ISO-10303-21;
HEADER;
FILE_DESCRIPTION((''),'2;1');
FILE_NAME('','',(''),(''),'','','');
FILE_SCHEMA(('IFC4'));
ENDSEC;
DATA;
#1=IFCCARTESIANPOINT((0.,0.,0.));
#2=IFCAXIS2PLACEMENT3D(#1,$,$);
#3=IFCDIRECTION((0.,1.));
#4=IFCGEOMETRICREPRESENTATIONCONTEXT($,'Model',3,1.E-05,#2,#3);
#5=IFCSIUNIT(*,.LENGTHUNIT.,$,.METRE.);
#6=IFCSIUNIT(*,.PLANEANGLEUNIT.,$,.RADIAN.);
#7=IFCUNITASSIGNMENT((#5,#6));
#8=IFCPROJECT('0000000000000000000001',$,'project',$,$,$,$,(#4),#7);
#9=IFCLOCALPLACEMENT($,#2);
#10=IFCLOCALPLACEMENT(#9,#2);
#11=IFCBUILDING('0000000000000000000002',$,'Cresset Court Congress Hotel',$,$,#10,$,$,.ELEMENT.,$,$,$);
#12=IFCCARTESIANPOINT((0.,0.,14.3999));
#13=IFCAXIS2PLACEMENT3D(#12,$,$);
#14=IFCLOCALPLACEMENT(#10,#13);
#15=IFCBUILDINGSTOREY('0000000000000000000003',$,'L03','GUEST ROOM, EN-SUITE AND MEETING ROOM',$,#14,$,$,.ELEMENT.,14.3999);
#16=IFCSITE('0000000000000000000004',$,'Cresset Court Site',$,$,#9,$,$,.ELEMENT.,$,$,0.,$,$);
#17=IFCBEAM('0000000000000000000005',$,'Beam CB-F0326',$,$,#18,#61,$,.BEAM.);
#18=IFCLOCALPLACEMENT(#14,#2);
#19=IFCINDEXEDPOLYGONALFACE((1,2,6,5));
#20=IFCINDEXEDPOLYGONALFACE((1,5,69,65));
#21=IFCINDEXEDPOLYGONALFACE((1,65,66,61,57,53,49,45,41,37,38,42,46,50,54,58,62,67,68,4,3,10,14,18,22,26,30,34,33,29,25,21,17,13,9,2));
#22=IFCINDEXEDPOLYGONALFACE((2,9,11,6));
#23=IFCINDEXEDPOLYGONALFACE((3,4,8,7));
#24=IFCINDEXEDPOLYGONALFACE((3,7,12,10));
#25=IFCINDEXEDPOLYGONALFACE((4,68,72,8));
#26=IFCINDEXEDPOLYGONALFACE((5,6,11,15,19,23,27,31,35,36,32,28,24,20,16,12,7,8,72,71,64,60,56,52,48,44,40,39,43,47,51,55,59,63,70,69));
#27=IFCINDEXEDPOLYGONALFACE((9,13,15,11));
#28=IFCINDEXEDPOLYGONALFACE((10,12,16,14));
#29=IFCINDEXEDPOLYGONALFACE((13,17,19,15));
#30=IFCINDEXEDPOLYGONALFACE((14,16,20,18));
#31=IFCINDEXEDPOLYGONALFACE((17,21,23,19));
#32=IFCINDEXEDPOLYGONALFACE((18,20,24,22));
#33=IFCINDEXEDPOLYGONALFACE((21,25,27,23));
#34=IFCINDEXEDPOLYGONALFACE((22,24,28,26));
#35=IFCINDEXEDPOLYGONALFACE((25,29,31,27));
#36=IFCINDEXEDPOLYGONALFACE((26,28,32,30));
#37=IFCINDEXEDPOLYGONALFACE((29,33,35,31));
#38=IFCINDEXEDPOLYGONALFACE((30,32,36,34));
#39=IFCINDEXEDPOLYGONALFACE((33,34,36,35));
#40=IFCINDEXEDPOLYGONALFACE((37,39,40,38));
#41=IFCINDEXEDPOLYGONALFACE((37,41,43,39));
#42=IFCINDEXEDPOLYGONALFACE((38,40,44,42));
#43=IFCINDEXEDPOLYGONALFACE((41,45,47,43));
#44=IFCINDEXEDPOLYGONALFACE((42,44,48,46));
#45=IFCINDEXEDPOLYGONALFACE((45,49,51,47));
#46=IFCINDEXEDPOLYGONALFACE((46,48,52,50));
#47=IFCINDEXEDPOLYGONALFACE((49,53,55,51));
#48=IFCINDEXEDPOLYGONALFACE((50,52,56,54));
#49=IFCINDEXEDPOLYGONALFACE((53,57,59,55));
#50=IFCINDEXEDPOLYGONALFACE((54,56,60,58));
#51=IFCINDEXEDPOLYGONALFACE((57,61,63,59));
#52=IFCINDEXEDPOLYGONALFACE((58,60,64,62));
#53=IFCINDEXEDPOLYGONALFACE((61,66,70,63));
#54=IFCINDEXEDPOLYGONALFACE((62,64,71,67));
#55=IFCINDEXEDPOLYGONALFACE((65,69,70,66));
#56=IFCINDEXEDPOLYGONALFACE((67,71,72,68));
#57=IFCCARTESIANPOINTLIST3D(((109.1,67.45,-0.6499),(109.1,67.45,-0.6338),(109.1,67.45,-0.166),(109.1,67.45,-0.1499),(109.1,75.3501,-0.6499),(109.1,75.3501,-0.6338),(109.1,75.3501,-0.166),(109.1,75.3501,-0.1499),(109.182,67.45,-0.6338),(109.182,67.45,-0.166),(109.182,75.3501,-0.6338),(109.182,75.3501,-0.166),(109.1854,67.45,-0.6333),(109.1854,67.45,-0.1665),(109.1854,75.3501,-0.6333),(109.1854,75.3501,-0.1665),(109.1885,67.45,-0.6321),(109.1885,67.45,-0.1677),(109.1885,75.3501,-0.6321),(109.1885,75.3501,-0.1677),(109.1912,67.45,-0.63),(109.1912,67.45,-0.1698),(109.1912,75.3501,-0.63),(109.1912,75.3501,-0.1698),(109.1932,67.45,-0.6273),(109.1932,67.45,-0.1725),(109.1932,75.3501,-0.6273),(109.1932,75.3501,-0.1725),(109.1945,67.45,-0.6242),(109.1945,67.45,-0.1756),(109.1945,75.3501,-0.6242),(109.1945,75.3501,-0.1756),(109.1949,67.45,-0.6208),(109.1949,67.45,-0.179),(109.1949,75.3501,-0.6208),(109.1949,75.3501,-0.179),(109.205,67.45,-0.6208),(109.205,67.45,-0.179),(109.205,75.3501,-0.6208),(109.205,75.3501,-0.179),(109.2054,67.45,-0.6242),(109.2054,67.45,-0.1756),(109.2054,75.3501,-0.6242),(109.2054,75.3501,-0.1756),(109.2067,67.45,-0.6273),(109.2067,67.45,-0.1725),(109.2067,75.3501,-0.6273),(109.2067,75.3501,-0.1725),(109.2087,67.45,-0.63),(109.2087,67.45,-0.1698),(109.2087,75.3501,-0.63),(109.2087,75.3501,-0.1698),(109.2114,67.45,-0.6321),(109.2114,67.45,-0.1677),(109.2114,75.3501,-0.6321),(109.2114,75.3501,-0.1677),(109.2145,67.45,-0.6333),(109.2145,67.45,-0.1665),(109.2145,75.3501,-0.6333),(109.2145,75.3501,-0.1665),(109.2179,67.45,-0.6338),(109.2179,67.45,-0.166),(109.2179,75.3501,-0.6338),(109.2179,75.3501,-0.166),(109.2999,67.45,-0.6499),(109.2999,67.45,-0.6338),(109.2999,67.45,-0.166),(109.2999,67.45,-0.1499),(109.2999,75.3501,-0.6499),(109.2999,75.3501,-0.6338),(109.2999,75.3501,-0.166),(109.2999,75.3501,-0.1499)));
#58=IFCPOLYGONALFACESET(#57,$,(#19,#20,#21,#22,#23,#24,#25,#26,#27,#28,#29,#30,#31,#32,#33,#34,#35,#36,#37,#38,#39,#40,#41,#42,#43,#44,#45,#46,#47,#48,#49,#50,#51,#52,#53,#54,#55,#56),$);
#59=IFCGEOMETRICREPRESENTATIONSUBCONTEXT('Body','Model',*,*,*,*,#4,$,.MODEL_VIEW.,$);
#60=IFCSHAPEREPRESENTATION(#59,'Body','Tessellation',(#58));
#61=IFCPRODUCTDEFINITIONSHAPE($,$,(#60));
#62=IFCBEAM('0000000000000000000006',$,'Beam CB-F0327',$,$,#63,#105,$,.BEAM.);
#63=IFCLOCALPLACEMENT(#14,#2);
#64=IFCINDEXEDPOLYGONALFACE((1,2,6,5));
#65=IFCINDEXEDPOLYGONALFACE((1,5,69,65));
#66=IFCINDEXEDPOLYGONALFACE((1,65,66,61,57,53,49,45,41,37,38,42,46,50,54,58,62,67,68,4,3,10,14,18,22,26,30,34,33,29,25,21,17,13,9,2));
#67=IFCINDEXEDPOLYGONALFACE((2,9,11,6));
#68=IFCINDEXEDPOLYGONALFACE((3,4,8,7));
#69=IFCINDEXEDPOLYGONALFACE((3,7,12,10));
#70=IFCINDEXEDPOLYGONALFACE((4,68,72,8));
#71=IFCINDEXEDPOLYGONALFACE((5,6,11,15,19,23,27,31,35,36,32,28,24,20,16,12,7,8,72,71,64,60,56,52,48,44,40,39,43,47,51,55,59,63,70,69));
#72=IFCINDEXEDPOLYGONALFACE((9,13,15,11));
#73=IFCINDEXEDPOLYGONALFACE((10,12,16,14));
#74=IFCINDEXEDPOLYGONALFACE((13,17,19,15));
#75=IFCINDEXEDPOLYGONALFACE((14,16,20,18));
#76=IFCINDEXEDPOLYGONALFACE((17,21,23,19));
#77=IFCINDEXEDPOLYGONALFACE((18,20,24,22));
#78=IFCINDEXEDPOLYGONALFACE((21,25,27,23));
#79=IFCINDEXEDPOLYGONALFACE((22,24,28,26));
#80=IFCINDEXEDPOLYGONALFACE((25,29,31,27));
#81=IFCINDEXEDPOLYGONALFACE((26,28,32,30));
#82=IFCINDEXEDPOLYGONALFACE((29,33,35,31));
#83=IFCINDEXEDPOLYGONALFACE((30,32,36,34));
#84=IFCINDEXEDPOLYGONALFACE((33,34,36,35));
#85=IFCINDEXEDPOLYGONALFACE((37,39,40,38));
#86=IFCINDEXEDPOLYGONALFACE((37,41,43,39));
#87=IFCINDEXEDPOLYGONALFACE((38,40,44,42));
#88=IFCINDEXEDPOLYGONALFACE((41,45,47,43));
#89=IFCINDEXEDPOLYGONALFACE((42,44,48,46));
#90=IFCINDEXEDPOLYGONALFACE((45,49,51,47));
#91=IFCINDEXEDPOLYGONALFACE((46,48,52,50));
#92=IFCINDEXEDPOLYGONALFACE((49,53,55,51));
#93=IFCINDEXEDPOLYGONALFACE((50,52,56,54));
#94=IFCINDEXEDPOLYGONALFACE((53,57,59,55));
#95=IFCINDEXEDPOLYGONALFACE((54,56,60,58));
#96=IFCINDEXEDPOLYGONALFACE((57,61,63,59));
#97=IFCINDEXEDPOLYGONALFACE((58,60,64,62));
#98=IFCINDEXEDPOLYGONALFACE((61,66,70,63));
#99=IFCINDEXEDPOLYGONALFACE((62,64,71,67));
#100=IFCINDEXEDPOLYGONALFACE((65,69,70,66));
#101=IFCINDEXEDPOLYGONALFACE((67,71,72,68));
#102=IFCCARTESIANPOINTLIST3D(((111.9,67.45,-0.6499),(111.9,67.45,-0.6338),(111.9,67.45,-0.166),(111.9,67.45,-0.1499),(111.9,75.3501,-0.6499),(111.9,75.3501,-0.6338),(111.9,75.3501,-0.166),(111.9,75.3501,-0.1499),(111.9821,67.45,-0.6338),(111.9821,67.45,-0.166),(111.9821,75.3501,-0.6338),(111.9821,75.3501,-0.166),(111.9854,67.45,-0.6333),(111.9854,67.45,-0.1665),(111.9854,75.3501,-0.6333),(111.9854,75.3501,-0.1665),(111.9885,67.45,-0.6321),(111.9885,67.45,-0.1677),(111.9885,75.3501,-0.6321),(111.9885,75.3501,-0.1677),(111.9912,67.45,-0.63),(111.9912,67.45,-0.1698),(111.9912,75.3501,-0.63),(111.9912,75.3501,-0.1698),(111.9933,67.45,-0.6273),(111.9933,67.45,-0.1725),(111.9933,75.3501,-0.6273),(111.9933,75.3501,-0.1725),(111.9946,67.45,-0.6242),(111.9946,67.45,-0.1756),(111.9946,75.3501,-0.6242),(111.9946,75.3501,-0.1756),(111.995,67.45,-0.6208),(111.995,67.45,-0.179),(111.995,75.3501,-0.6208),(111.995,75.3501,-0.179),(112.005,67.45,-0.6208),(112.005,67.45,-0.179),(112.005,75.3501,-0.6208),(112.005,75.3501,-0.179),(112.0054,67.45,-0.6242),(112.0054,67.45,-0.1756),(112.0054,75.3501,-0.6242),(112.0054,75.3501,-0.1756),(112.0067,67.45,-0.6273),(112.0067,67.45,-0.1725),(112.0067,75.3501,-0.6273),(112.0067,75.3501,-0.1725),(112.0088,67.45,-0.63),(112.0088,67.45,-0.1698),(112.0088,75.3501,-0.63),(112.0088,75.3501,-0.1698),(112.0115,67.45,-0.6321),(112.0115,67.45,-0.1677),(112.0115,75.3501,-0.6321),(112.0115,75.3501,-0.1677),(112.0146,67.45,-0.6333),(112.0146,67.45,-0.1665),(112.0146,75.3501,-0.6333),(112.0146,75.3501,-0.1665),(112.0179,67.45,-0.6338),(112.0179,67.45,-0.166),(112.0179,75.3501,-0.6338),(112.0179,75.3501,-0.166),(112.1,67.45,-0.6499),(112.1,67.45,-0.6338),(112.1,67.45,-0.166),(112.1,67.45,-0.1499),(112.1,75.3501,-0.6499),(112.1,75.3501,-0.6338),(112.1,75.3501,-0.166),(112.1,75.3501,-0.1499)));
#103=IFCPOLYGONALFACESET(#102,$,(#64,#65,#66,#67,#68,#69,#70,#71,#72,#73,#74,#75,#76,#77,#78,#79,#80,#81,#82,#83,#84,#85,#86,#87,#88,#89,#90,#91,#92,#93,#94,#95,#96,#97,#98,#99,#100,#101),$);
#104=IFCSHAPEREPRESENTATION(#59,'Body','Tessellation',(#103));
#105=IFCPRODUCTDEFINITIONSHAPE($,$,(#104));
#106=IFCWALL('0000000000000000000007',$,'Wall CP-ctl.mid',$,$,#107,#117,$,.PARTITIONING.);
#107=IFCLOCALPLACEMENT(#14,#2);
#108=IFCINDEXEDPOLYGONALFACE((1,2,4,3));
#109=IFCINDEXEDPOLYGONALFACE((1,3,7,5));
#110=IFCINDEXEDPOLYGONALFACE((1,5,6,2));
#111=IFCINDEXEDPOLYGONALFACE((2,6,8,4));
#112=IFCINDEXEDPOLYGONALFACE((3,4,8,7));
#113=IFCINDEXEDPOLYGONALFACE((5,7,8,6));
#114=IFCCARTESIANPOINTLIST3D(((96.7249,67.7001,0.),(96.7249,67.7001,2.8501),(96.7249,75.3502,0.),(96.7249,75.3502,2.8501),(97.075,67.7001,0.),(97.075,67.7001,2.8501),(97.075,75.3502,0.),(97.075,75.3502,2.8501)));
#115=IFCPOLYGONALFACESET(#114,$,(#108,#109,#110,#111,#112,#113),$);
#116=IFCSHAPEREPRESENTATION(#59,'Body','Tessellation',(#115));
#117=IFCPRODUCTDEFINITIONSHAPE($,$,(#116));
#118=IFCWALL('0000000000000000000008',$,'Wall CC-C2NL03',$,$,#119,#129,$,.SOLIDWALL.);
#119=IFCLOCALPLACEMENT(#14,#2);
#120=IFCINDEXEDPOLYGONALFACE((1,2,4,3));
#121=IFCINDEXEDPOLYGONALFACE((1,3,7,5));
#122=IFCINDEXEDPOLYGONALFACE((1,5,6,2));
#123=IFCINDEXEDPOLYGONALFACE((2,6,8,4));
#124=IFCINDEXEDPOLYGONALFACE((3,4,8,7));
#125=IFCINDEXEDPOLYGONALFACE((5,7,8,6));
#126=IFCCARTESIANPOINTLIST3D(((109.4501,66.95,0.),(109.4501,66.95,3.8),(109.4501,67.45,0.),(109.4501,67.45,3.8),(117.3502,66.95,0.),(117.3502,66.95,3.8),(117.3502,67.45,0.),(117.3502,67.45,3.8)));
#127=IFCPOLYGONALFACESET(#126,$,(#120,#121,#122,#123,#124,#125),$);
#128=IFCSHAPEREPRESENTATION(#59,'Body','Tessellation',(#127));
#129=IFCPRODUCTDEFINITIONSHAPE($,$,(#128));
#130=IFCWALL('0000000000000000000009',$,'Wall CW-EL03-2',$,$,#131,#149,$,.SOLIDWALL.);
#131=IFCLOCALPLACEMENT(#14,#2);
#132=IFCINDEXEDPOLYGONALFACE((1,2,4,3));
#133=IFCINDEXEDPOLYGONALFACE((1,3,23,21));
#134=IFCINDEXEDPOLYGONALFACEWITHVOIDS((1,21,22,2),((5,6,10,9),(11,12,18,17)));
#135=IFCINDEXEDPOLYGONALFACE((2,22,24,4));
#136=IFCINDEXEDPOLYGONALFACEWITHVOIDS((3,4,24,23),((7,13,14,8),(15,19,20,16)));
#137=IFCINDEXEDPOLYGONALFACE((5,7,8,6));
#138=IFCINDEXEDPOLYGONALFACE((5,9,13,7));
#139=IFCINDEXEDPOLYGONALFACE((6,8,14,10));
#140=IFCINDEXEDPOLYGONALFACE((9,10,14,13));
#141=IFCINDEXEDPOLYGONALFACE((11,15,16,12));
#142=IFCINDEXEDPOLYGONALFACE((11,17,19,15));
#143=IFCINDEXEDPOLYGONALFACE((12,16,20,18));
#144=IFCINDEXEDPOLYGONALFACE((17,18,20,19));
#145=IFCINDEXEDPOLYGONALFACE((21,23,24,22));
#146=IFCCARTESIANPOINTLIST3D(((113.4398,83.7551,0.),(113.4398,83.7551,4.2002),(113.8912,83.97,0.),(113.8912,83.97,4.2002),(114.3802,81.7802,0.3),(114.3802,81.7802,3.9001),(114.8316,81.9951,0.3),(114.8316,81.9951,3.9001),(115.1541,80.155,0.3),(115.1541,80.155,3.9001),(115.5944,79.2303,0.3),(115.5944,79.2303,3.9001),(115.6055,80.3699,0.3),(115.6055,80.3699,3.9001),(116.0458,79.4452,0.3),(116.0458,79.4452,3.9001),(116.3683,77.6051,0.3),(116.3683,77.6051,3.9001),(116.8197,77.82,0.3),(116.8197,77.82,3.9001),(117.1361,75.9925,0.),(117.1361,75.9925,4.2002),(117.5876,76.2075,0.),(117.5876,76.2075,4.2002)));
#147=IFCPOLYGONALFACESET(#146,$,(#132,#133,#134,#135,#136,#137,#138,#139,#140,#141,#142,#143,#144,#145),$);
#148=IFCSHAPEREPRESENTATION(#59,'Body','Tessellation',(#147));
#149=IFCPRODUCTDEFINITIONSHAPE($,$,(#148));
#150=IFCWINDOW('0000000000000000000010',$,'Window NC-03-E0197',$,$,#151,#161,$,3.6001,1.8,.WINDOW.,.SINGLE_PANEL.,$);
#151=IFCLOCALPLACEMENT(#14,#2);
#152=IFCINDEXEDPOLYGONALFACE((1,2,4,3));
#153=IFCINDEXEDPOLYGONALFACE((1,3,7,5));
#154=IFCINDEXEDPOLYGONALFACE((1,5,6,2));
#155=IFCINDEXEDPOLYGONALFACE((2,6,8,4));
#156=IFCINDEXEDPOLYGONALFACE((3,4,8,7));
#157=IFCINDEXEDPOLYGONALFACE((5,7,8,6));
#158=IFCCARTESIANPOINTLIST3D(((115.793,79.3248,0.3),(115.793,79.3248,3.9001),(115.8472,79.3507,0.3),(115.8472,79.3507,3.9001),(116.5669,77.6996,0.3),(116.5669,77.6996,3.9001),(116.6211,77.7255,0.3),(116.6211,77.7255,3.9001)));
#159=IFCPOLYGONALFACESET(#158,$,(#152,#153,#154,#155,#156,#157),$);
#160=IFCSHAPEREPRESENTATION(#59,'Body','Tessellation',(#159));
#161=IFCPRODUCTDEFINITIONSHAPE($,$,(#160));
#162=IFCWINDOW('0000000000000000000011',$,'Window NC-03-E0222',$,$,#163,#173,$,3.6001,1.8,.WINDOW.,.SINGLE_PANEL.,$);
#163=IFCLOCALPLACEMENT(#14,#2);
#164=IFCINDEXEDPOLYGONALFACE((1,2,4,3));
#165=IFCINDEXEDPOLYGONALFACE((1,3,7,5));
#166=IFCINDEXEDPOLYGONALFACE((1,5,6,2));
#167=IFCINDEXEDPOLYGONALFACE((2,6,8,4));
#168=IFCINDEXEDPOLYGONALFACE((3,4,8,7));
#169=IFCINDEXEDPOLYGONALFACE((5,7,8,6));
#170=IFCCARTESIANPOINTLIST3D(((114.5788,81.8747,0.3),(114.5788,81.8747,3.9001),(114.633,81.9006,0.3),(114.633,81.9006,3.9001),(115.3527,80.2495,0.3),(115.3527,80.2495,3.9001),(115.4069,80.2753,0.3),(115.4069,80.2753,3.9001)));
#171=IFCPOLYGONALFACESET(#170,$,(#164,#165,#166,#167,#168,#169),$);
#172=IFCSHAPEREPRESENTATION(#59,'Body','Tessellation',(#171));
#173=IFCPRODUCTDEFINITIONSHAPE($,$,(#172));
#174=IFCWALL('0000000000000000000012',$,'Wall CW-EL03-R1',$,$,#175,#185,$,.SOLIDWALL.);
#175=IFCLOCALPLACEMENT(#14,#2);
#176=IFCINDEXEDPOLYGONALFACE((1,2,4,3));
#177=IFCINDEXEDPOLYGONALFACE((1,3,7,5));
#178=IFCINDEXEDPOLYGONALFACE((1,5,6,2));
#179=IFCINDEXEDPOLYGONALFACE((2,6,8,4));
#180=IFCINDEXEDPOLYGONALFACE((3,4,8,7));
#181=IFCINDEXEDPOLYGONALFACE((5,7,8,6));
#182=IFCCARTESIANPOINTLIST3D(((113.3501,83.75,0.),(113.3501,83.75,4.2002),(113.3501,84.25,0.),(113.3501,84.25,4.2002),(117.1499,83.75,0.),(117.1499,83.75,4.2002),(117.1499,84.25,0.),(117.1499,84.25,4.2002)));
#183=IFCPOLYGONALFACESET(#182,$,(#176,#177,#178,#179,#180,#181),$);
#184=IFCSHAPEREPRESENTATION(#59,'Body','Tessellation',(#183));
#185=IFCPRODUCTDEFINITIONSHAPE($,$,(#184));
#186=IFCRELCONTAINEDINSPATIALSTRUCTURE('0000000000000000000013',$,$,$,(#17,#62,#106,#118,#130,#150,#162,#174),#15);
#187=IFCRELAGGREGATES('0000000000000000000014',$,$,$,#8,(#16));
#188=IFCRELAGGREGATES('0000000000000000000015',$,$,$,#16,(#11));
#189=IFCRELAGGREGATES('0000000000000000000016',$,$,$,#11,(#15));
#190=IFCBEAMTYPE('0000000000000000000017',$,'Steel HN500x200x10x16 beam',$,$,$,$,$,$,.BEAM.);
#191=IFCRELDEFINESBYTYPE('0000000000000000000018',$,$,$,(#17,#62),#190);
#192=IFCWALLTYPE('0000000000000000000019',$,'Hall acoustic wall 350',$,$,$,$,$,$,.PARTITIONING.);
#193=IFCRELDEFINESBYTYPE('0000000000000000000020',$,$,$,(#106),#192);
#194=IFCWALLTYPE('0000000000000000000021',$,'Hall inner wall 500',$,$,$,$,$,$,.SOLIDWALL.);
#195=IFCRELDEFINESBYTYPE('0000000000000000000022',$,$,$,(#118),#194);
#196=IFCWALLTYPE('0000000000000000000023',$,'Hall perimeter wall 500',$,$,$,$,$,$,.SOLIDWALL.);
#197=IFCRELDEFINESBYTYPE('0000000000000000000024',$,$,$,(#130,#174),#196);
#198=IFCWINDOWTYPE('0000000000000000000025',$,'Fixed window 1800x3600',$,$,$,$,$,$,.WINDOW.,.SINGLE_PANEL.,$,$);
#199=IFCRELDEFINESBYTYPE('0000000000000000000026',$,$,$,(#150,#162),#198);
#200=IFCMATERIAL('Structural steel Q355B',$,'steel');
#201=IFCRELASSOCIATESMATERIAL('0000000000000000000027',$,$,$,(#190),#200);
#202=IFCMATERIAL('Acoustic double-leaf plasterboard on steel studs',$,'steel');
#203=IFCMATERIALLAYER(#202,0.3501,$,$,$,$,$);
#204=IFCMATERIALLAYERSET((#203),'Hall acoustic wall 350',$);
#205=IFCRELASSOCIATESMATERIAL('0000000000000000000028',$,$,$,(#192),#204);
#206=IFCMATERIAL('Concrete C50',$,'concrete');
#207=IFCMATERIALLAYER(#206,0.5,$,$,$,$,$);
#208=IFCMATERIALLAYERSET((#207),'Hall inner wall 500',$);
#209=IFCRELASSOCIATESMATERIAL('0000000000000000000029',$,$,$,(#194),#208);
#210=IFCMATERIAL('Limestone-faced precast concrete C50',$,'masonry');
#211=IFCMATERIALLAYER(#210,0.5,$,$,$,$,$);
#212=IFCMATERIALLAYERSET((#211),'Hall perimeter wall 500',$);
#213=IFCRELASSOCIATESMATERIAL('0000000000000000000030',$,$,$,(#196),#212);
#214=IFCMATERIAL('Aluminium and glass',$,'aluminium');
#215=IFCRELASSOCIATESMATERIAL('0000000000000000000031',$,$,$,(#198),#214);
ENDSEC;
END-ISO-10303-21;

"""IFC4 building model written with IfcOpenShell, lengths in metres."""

from ifc_helpers import new_model, si_unit, direction, frame, frame_2d, origin, origin_2d, place, context, subcontext, project, spatial, rectangle, i_section, extrude, material, layer, layer_set, material_profile, profile_set, type_object, element, fill, save


model = new_model("IFC4")

# Units and contexts
model_context = context("Model", 3, precision=1e-05, world=origin(), true_north=direction((0.0, 1.0)))
body_context = subcontext(model_context, "Body", "Model", "MODEL_VIEW")
ifc_project = project(units=[si_unit("LENGTHUNIT", "METRE"), si_unit("PLANEANGLEUNIT", "RADIAN")], contexts=[model_context])

# Site, building, storey
site_placement = place(None, origin())
site = spatial("IfcSite", under=ifc_project, at=site_placement, Name="Cresset Court Site", CompositionType="ELEMENT", RefElevation=0.0)
building_placement = place(site_placement, origin())
building = spatial("IfcBuilding", under=site, at=building_placement, Name="Cresset Court Congress Hotel", CompositionType="ELEMENT")
storey_placement = place(building_placement, frame((0.0, 0.0, 14.3999)))
storey = spatial("IfcBuildingStorey", under=building, at=storey_placement, Name="L03", Description="GUEST ROOM, EN-SUITE AND MEETING ROOM", CompositionType="ELEMENT", Elevation=14.3999)

# Beams
ifc_material_1 = material(Name="Structural steel Q355B", Category="steel")
ifc_material_profile_1 = material_profile(ifc_material_1, i_section(OverallWidth=0.2, OverallDepth=0.5, WebThickness=0.01, FlangeThickness=0.0161, FilletRadius=0.0129, at=origin_2d()), Name="HN500x200x10x16")
ifc_profile_set_1 = profile_set([ifc_material_profile_1], Name="Structural steel Q355B")
beam_type_1 = type_object("IfcBeamType", Name="Steel HN500x200x10x16 beam", PredefinedType="BEAM", material=ifc_profile_set_1)
for number, where, z_axis, x_axis, name in (
    (1, (109.2, 67.45, -0.3999), (0.0, 1.0, 0.0), (-1.0, 0.0, 0.0), "Beam CB-F0326"),
    (2, (112.0, 67.45, -0.3999), (0.0, 1.0, 0.0), (-1.0, 0.0, 0.0), "Beam CB-F0327"),
):
    element("IfcBeam", number, at=place(storey_placement, frame(where, z_axis=z_axis, x_axis=x_axis)), inside=storey, type_object=beam_type_1, Name=name, PredefinedType="BEAM", context=body_context, shape_type="SweptSolid", body=[
        extrude(i_section(OverallWidth=0.2, OverallDepth=0.5, WebThickness=0.01, FlangeThickness=0.0161, FilletRadius=0.0129, at=origin_2d()), origin(), (0.0, 0.0, 1.0), 7.9001),
    ])

# Walls
ifc_material_2 = material(Name="Acoustic double-leaf plasterboard on steel studs", Category="steel")
ifc_layer_1 = layer(ifc_material_2, 0.3501)
ifc_layer_set_1 = layer_set([ifc_layer_1], Name="Hall acoustic wall 350")
wall_type_1 = type_object("IfcWallType", Name="Hall acoustic wall 350", PredefinedType="PARTITIONING", material=ifc_layer_set_1)
wall_1_placement = place(storey_placement, frame((96.8999, 67.7, 0.0), z_axis=(0.0, 0.0, 1.0), x_axis=(0.0, 1.0, 0.0)))
element("IfcWall", 3, at=wall_1_placement, inside=storey, type_object=wall_type_1, Name="Wall CP-ctl.mid", PredefinedType="PARTITIONING", context=body_context, shape_type="SweptSolid", body=[
    extrude(rectangle(XDim=7.6501, YDim=0.3501, at=frame_2d((3.8252, 0.0))), origin(), (0.0, 0.0, 1.0), 2.8501),
])
ifc_material_3 = material(Name="Concrete C50", Category="concrete")
ifc_layer_2 = layer(ifc_material_3, 0.5)
ifc_layer_set_2 = layer_set([ifc_layer_2], Name="Hall inner wall 500")
wall_type_2 = type_object("IfcWallType", Name="Hall inner wall 500", PredefinedType="SOLIDWALL", material=ifc_layer_set_2)
wall_2_placement = place(storey_placement, frame((109.45, 67.2, 0.0), z_axis=(0.0, 0.0, 1.0), x_axis=(1.0, 0.0, 0.0)))
element("IfcWall", 4, at=wall_2_placement, inside=storey, type_object=wall_type_2, Name="Wall CC-C2NL03", PredefinedType="SOLIDWALL", context=body_context, shape_type="SweptSolid", body=[
    extrude(rectangle(XDim=7.9001, YDim=0.5, at=frame_2d((3.9502, 0.0))), origin(), (0.0, 0.0, 1.0), 3.8),
])

# Wall, openings, windows
ifc_material_4 = material(Name="Limestone-faced precast concrete C50", Category="masonry")
ifc_layer_3 = layer(ifc_material_4, 0.5)
ifc_layer_set_3 = layer_set([ifc_layer_3], Name="Hall perimeter wall 500")
wall_type_3 = type_object("IfcWallType", Name="Hall perimeter wall 500", PredefinedType="SOLIDWALL", material=ifc_layer_set_3)
wall_3_placement = place(storey_placement, frame((113.6655, 83.8625, 0.0), z_axis=(0.0, 0.0, 1.0), x_axis=(0.429923, -0.902866, 0.0)))
wall_3 = element("IfcWall", 5, at=wall_3_placement, inside=storey, type_object=wall_type_3, Name="Wall CW-EL03-2", PredefinedType="SOLIDWALL", context=body_context, shape_type="SweptSolid", body=[
    extrude(rectangle(XDim=8.5977, YDim=0.5, at=frame_2d((4.2988, 0.0))), origin(), (0.0, 0.0, 1.0), 4.2002),
])
opening_1_placement = place(wall_3_placement, frame((5.0117, 0.0, 0.3)))
opening_1 = element("IfcOpeningElement", 6, at=opening_1_placement, cuts=wall_3, PredefinedType="OPENING", context=body_context, shape_type="SweptSolid", body=[
    extrude(rectangle(XDim=1.8, YDim=3.6001, at=frame_2d((0.8999, 1.8))), frame((0.0, 0.26, 0.0), z_axis=(0.0, -1.0, 0.0), x_axis=(1.0, 0.0, 0.0)), (0.0, 0.0, 1.0), 0.52),
])
opening_2_placement = place(wall_3_placement, frame((2.1875, 0.0, 0.3)))
opening_2 = element("IfcOpeningElement", 7, at=opening_2_placement, cuts=wall_3, PredefinedType="OPENING", context=body_context, shape_type="SweptSolid", body=[
    extrude(rectangle(XDim=1.8, YDim=3.6001, at=frame_2d((0.8999, 1.8))), frame((0.0, 0.26, 0.0), z_axis=(0.0, -1.0, 0.0), x_axis=(1.0, 0.0, 0.0)), (0.0, 0.0, 1.0), 0.52),
])
ifc_material_5 = material(Name="Aluminium and glass", Category="aluminium")
window_type = type_object("IfcWindowType", Name="Fixed window 1800x3600", PartitioningType="SINGLE_PANEL", PredefinedType="WINDOW", material=ifc_material_5)
window_1_placement = place(opening_1_placement, origin())
window_1 = element("IfcWindow", 8, at=window_1_placement, inside=storey, type_object=window_type, Name="Window NC-03-E0197", OverallHeight=3.6001, OverallWidth=1.8, PartitioningType="SINGLE_PANEL", PredefinedType="WINDOW", context=body_context, shape_type="SweptSolid", body=[
    extrude(rectangle(XDim=1.8, YDim=3.6001, at=frame_2d((0.8999, 1.8))), frame((0.0, 0.03, 0.0), z_axis=(0.0, -1.0, 0.0), x_axis=(1.0, 0.0, 0.0)), (0.0, 0.0, 1.0), 0.0601),
])
fill(opening_1, window_1)
window_2_placement = place(opening_2_placement, origin())
window_2 = element("IfcWindow", 9, at=window_2_placement, inside=storey, type_object=window_type, Name="Window NC-03-E0222", OverallHeight=3.6001, OverallWidth=1.8, PartitioningType="SINGLE_PANEL", PredefinedType="WINDOW", context=body_context, shape_type="SweptSolid", body=[
    extrude(rectangle(XDim=1.8, YDim=3.6001, at=frame_2d((0.8999, 1.8))), frame((0.0, 0.03, 0.0), z_axis=(0.0, -1.0, 0.0), x_axis=(1.0, 0.0, 0.0)), (0.0, 0.0, 1.0), 0.0601),
])
fill(opening_2, window_2)

# Wall
wall_4_placement = place(storey_placement, frame((113.3501, 84.0, 0.0), z_axis=(0.0, 0.0, 1.0), x_axis=(1.0, 0.0, 0.0)))
element("IfcWall", 10, at=wall_4_placement, inside=storey, type_object=wall_type_3, Name="Wall CW-EL03-R1", PredefinedType="SOLIDWALL", context=body_context, shape_type="SweptSolid", body=[
    extrude(rectangle(XDim=3.7998, YDim=0.5, at=frame_2d((1.8999, 0.0))), origin(), (0.0, 0.0, 1.0), 4.2002),
])

save(model, "model.ifc")
